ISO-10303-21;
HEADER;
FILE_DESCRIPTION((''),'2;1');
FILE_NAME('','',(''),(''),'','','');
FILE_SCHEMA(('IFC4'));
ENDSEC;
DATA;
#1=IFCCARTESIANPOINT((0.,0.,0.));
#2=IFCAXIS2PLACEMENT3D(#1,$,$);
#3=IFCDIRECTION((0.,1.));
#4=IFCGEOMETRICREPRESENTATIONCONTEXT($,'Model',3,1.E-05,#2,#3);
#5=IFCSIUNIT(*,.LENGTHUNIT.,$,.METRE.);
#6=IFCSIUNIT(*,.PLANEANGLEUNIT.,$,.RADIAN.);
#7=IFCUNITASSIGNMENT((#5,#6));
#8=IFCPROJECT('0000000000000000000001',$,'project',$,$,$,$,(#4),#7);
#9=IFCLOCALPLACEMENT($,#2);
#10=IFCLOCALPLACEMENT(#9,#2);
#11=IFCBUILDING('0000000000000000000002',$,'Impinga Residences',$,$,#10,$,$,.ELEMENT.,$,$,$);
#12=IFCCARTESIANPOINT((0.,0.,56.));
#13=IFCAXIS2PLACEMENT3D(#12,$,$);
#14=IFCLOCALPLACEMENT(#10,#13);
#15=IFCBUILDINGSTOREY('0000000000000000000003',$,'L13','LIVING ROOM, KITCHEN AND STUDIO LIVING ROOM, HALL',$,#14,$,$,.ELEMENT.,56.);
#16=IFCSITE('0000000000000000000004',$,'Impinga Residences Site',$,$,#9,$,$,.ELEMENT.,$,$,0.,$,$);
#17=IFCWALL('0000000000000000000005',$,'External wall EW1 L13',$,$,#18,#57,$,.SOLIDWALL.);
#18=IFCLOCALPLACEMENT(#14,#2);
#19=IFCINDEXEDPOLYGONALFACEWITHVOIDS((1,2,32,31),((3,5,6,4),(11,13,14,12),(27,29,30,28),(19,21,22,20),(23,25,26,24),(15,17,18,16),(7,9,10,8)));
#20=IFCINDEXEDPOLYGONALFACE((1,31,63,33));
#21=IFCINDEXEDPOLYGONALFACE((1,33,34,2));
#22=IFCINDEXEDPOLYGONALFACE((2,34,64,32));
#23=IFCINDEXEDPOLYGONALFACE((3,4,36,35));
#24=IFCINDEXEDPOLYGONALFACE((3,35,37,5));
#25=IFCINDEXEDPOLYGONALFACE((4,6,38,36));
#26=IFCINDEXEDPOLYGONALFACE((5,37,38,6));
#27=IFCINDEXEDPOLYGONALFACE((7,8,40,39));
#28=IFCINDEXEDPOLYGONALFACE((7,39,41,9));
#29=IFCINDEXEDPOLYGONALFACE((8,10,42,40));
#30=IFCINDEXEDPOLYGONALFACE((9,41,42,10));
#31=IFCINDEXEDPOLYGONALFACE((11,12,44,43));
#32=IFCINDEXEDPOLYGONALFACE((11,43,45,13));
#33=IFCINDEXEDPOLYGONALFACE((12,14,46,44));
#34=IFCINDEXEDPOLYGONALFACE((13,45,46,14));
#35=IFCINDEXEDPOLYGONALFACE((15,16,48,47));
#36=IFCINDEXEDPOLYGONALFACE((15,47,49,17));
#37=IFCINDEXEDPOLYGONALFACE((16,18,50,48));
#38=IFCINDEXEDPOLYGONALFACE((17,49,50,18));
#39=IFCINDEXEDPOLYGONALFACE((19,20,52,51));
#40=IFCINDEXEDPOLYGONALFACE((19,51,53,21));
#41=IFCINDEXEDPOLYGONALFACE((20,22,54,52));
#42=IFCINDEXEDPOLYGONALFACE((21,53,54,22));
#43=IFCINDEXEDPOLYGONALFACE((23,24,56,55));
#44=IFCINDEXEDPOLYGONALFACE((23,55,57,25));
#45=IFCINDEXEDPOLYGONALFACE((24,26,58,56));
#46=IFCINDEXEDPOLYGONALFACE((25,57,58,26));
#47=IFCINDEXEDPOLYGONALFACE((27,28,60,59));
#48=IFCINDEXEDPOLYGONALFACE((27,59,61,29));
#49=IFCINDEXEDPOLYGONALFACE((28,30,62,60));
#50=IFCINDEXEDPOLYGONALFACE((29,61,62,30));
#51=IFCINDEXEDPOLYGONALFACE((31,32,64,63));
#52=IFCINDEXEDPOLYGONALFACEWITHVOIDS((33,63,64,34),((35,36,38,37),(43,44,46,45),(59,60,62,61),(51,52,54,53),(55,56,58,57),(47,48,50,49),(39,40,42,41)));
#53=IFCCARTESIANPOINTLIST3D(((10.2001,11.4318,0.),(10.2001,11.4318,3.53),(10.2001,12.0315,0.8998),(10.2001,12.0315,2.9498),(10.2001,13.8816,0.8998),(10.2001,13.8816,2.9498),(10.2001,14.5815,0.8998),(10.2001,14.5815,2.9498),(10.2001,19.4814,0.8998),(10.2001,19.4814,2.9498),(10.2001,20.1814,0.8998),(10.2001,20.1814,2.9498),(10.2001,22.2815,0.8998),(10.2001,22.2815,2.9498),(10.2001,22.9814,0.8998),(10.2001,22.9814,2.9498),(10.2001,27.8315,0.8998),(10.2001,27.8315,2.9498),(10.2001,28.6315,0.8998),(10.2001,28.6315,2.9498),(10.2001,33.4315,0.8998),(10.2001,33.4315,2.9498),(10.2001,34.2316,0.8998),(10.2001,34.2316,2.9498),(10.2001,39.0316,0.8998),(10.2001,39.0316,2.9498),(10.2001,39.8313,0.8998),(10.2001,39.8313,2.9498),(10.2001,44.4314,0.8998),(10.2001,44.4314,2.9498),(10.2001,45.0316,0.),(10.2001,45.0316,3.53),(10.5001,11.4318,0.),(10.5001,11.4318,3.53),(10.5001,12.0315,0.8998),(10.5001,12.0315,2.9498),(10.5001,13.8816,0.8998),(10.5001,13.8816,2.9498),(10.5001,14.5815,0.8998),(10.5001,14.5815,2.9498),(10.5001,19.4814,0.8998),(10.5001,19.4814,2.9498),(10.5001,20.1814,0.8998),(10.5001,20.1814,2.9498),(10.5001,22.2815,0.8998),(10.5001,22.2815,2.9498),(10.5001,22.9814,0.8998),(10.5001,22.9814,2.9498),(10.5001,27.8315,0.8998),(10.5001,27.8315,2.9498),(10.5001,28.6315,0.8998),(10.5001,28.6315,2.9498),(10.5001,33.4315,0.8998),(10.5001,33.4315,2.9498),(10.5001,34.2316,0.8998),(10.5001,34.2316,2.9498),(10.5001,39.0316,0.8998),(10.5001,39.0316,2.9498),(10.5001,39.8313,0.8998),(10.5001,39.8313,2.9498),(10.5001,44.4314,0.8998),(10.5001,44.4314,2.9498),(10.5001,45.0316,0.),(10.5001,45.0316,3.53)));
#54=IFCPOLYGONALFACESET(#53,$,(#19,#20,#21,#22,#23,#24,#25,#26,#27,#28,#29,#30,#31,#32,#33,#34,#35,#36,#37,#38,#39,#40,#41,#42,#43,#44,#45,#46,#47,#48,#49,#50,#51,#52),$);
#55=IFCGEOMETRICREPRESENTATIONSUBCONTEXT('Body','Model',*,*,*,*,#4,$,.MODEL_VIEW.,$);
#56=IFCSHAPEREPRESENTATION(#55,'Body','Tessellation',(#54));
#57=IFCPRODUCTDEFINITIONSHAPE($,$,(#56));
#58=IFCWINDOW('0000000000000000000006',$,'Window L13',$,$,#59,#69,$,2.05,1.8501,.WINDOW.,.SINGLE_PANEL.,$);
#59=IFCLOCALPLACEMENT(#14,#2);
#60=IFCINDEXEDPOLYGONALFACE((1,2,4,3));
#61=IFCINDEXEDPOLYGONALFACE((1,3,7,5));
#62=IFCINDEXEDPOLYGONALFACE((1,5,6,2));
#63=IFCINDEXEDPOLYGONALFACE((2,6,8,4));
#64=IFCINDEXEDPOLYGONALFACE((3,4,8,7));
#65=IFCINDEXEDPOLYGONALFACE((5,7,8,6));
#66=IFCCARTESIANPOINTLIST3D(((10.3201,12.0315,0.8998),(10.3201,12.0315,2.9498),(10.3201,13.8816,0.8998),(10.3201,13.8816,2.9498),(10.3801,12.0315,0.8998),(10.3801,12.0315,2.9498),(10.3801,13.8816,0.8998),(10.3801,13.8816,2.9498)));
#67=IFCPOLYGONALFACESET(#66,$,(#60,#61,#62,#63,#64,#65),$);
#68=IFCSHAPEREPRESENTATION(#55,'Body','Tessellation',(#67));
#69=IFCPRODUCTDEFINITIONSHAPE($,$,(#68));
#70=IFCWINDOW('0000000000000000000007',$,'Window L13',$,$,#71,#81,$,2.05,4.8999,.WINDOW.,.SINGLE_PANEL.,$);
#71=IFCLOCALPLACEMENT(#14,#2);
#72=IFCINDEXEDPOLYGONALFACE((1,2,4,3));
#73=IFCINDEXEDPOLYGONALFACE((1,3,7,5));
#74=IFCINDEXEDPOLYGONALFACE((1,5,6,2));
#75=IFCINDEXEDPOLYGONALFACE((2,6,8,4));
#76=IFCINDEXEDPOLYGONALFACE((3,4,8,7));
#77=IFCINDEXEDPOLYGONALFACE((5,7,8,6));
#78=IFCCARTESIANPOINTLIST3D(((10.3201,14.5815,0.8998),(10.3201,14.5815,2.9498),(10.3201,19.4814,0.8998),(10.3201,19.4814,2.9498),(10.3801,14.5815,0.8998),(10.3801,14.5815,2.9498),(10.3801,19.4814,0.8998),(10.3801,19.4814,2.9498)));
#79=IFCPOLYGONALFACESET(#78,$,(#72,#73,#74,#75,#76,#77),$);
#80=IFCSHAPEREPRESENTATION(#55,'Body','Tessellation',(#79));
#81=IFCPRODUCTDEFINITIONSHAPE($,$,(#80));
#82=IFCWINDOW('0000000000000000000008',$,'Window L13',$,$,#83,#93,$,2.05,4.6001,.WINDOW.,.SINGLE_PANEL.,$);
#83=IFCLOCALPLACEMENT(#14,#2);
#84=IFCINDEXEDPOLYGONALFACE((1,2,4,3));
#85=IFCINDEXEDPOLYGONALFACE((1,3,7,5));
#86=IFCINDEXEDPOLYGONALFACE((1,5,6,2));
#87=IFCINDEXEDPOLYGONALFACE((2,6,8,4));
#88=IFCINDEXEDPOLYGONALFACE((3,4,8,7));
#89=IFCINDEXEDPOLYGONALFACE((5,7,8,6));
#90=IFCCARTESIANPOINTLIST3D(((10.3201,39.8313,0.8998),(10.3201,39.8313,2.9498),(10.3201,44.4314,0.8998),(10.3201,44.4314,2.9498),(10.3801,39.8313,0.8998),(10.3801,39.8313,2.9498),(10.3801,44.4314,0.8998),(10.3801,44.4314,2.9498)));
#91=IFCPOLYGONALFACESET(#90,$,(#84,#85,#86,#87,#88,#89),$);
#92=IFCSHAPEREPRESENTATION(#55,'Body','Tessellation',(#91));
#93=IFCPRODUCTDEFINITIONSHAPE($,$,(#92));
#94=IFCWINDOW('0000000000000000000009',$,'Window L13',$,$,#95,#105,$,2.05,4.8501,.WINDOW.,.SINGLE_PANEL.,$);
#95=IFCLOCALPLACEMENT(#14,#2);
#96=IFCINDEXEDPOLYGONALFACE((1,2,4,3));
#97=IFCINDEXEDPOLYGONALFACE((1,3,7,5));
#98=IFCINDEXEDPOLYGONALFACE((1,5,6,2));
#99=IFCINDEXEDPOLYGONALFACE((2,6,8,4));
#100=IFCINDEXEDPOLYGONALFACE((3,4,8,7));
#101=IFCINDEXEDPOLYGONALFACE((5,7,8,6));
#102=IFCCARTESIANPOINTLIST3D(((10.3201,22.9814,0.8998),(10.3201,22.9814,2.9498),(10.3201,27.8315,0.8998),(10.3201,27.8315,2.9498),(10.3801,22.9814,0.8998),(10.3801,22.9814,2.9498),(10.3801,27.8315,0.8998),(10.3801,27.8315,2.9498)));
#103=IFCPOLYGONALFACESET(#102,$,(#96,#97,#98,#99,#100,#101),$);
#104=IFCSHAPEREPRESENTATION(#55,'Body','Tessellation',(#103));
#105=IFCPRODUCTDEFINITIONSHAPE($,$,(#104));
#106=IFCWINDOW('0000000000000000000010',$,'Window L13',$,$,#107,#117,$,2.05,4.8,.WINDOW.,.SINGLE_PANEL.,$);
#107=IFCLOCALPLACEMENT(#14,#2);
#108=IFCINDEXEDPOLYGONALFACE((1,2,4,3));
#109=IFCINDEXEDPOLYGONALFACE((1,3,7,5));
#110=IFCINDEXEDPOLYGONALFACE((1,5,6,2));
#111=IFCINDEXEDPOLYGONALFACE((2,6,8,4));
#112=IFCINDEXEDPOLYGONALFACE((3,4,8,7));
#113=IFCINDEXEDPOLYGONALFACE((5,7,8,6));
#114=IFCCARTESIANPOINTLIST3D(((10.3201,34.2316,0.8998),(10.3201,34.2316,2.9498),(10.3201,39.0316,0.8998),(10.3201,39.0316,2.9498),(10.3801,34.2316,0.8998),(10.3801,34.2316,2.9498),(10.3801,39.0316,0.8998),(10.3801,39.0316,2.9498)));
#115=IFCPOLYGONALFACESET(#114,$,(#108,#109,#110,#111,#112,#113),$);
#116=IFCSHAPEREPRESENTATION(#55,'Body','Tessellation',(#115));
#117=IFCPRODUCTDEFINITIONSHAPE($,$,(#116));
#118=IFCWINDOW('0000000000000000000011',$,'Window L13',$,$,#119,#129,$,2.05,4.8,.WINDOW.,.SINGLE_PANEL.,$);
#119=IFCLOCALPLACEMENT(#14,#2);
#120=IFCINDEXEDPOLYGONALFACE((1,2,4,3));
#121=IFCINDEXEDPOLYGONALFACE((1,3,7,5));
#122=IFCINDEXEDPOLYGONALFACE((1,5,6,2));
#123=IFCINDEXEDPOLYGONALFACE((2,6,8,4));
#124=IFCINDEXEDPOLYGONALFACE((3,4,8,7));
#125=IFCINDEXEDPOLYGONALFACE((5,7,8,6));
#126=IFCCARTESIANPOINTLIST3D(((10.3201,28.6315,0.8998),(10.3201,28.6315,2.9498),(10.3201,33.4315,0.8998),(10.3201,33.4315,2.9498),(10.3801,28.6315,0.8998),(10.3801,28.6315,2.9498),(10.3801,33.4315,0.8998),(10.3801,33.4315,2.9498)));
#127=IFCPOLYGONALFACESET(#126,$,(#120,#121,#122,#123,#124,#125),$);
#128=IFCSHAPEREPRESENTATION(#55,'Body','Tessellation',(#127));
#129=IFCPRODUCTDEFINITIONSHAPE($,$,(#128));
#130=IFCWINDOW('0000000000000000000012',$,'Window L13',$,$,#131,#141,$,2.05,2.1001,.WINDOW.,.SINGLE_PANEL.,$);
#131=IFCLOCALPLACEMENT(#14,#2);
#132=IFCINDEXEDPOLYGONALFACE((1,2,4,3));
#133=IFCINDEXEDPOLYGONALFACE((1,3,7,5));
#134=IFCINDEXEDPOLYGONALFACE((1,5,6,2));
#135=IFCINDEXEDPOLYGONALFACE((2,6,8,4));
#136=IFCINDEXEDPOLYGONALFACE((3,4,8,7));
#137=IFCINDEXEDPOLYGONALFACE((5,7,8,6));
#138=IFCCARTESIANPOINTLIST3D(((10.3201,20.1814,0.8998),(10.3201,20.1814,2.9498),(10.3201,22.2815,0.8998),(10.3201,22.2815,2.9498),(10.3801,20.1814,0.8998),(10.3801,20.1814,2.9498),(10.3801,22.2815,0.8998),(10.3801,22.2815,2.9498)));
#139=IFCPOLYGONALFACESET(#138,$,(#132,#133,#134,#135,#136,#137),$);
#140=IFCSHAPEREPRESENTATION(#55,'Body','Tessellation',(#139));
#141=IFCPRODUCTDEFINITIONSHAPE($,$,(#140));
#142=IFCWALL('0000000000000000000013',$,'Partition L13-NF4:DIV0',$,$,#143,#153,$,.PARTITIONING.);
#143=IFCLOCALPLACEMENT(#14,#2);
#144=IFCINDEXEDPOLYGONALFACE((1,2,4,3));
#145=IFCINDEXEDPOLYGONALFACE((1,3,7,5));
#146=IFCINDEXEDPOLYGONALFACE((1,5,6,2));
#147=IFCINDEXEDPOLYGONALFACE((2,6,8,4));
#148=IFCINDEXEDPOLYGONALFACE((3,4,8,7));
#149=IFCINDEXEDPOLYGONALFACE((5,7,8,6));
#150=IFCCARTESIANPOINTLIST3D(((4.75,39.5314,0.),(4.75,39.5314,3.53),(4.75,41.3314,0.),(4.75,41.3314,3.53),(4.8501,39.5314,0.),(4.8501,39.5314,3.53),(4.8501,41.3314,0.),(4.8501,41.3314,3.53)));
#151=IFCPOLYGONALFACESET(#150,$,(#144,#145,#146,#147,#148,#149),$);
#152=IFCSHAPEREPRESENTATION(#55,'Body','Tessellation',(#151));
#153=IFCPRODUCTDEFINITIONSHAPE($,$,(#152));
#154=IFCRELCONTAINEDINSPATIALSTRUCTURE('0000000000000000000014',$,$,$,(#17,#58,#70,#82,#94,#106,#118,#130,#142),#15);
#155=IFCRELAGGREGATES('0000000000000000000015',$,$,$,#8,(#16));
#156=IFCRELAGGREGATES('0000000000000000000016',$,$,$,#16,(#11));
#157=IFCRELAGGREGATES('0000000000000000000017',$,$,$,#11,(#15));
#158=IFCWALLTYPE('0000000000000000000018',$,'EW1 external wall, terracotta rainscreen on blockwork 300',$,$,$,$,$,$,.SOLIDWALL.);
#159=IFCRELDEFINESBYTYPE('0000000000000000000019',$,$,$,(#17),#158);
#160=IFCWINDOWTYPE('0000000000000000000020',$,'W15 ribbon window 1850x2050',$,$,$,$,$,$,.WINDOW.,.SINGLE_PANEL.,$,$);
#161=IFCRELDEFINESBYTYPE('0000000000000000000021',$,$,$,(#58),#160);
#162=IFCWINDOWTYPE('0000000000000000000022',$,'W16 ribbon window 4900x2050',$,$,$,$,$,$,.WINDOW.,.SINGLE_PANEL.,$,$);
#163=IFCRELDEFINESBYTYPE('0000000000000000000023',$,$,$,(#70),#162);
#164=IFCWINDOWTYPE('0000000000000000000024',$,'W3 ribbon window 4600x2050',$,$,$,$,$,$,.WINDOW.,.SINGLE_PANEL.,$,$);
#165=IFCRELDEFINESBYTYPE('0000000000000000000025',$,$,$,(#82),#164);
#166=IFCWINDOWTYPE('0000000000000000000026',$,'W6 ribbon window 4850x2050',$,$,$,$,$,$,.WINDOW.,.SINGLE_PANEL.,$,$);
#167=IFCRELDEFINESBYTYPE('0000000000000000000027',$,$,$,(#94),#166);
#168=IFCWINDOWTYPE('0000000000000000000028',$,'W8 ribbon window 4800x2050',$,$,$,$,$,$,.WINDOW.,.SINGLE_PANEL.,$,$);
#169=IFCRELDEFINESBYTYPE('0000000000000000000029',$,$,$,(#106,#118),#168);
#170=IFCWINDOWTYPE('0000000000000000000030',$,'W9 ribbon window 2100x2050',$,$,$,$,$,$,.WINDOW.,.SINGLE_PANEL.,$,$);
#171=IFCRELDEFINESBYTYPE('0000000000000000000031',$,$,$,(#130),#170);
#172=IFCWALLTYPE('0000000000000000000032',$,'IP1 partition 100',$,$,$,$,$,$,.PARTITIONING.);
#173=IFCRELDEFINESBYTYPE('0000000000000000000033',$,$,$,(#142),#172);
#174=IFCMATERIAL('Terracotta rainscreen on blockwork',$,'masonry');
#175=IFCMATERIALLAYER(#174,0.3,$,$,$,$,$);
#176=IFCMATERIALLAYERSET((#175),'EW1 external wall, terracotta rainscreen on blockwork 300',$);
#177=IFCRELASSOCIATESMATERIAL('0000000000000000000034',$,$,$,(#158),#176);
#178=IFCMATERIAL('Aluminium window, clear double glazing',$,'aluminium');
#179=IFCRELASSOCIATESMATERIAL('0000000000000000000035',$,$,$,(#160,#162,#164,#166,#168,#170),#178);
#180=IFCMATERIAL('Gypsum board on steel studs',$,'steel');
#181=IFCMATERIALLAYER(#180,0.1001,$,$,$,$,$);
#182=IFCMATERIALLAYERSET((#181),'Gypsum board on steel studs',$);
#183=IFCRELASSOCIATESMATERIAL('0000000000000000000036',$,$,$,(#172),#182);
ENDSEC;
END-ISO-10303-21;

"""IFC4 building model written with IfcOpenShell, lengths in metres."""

from ifc_helpers import new_model, si_unit, direction, frame, frame_2d, origin, place, context, subcontext, project, spatial, rectangle, extrude, material, layer, layer_set, type_object, element, fill, save


model = new_model("IFC4")

# Units and contexts
model_context = context("Model", 3, precision=1e-05, world=origin(), true_north=direction((0.0, 1.0)))
body_context = subcontext(model_context, "Body", "Model", "MODEL_VIEW")
ifc_project = project(units=[si_unit("LENGTHUNIT", "METRE"), si_unit("PLANEANGLEUNIT", "RADIAN")], contexts=[model_context])

# Site, building, storey
site_placement = place(None, origin())
site = spatial("IfcSite", under=ifc_project, at=site_placement, Name="Impinga Residences Site", CompositionType="ELEMENT", RefElevation=0.0)
building_placement = place(site_placement, origin())
building = spatial("IfcBuilding", under=site, at=building_placement, Name="Impinga Residences", CompositionType="ELEMENT")
storey_placement = place(building_placement, frame((0.0, 0.0, 56.0)))
storey = spatial("IfcBuildingStorey", under=building, at=storey_placement, Name="L13", Description="LIVING ROOM, KITCHEN AND STUDIO LIVING ROOM, HALL", CompositionType="ELEMENT", Elevation=56.0)

# Shared definitions
ifc_material_1 = material(Name="Terracotta rainscreen on blockwork", Category="masonry")
ifc_layer_1 = layer(ifc_material_1, 0.3)
ifc_layer_set_1 = layer_set([ifc_layer_1], Name="EW1 external wall, terracotta rainscreen on blockwork 300")
wall_type_1 = type_object("IfcWallType", Name="EW1 external wall, terracotta rainscreen on blockwork 300", PredefinedType="SOLIDWALL", material=ifc_layer_set_1)

# Wall, openings, windows
wall_1_placement = place(storey_placement, frame((10.3501, 45.0315, 0.0), z_axis=(0.0, 0.0, 1.0), x_axis=(0.0, -1.0, 0.0)))
wall_1 = element("IfcWall", 1, at=wall_1_placement, inside=storey, type_object=wall_type_1, Name="External wall EW1 L13", PredefinedType="SOLIDWALL", context=body_context, shape_type="SweptSolid", body=[
    extrude(rectangle(XDim=33.5999, YDim=0.3, at=frame_2d((16.7998, 0.0))), origin(), (0.0, 0.0, 1.0), 3.53),
])
opening_1_placement = place(wall_1_placement, frame((0.6001, 0.0, 0.8999)))
opening_1 = element("IfcOpeningElement", 2, at=opening_1_placement, cuts=wall_1, PredefinedType="OPENING", context=body_context, shape_type="SweptSolid", body=[
    extrude(rectangle(XDim=4.6001, YDim=2.05, at=frame_2d((2.3, 1.0249))), frame((0.0, 0.1599, 0.0), z_axis=(0.0, -1.0, 0.0), x_axis=(1.0, 0.0, 0.0)), (0.0, 0.0, 1.0), 0.3201),
])
opening_2_placement = place(wall_1_placement, frame((6.0, 0.0, 0.8999)))
opening_2 = element("IfcOpeningElement", 3, at=opening_2_placement, cuts=wall_1, PredefinedType="OPENING", context=body_context, shape_type="SweptSolid", body=[
    extrude(rectangle(XDim=4.8, YDim=2.05, at=frame_2d((2.3999, 1.0249))), frame((0.0, 0.1599, 0.0), z_axis=(0.0, -1.0, 0.0), x_axis=(1.0, 0.0, 0.0)), (0.0, 0.0, 1.0), 0.3201),
])
opening_3_placement = place(wall_1_placement, frame((11.6001, 0.0, 0.8999)))
opening_3 = element("IfcOpeningElement", 4, at=opening_3_placement, cuts=wall_1, PredefinedType="OPENING", context=body_context, shape_type="SweptSolid", body=[
    extrude(rectangle(XDim=4.8, YDim=2.05, at=frame_2d((2.3999, 1.0249))), frame((0.0, 0.1599, 0.0), z_axis=(0.0, -1.0, 0.0), x_axis=(1.0, 0.0, 0.0)), (0.0, 0.0, 1.0), 0.3201),
])
opening_4_placement = place(wall_1_placement, frame((17.2, 0.0, 0.8999)))
opening_4 = element("IfcOpeningElement", 5, at=opening_4_placement, cuts=wall_1, PredefinedType="OPENING", context=body_context, shape_type="SweptSolid", body=[
    extrude(rectangle(XDim=4.8501, YDim=2.05, at=frame_2d((2.425, 1.0249))), frame((0.0, 0.1599, 0.0), z_axis=(0.0, -1.0, 0.0), x_axis=(1.0, 0.0, 0.0)), (0.0, 0.0, 1.0), 0.3201),
])
opening_5_placement = place(wall_1_placement, frame((22.75, 0.0, 0.8999)))
opening_5 = element("IfcOpeningElement", 6, at=opening_5_placement, cuts=wall_1, PredefinedType="OPENING", context=body_context, shape_type="SweptSolid", body=[
    extrude(rectangle(XDim=2.1001, YDim=2.05, at=frame_2d((1.05, 1.0249))), frame((0.0, 0.1599, 0.0), z_axis=(0.0, -1.0, 0.0), x_axis=(1.0, 0.0, 0.0)), (0.0, 0.0, 1.0), 0.3201),
])
opening_6_placement = place(wall_1_placement, frame((25.55, 0.0, 0.8999)))
opening_6 = element("IfcOpeningElement", 7, at=opening_6_placement, cuts=wall_1, PredefinedType="OPENING", context=body_context, shape_type="SweptSolid", body=[
    extrude(rectangle(XDim=4.8999, YDim=2.05, at=frame_2d((2.45, 1.0249))), frame((0.0, 0.1599, 0.0), z_axis=(0.0, -1.0, 0.0), x_axis=(1.0, 0.0, 0.0)), (0.0, 0.0, 1.0), 0.3201),
])
opening_7_placement = place(wall_1_placement, frame((31.1499, 0.0, 0.8999)))
opening_7 = element("IfcOpeningElement", 8, at=opening_7_placement, cuts=wall_1, PredefinedType="OPENING", context=body_context, shape_type="SweptSolid", body=[
    extrude(rectangle(XDim=1.8501, YDim=2.05, at=frame_2d((0.925, 1.0249))), frame((0.0, 0.1599, 0.0), z_axis=(0.0, -1.0, 0.0), x_axis=(1.0, 0.0, 0.0)), (0.0, 0.0, 1.0), 0.3201),
])
ifc_material_2 = material(Name="Aluminium window, clear double glazing", Category="aluminium")
window_type_1 = type_object("IfcWindowType", Name="W15 ribbon window 1850x2050", PartitioningType="SINGLE_PANEL", PredefinedType="WINDOW", material=ifc_material_2)
window_1_placement = place(opening_7_placement, origin())
window_1 = element("IfcWindow", 9, at=window_1_placement, inside=storey, type_object=window_type_1, Name="Window L13", OverallHeight=2.05, OverallWidth=1.8501, PartitioningType="SINGLE_PANEL", PredefinedType="WINDOW", context=body_context, shape_type="SweptSolid", body=[
    extrude(rectangle(XDim=1.8501, YDim=2.05, at=frame_2d((0.925, 1.0249))), frame((0.0, 0.03, 0.0), z_axis=(0.0, -1.0, 0.0), x_axis=(1.0, 0.0, 0.0)), (0.0, 0.0, 1.0), 0.0601),
])
fill(opening_7, window_1)
window_type_2 = type_object("IfcWindowType", Name="W16 ribbon window 4900x2050", PartitioningType="SINGLE_PANEL", PredefinedType="WINDOW", material=ifc_material_2)
window_2_placement = place(opening_6_placement, origin())
window_2 = element("IfcWindow", 10, at=window_2_placement, inside=storey, type_object=window_type_2, Name="Window L13", OverallHeight=2.05, OverallWidth=4.8999, PartitioningType="SINGLE_PANEL", PredefinedType="WINDOW", context=body_context, shape_type="SweptSolid", body=[
    extrude(rectangle(XDim=4.8999, YDim=2.05, at=frame_2d((2.45, 1.0249))), frame((0.0, 0.03, 0.0), z_axis=(0.0, -1.0, 0.0), x_axis=(1.0, 0.0, 0.0)), (0.0, 0.0, 1.0), 0.0601),
])
fill(opening_6, window_2)
window_type_3 = type_object("IfcWindowType", Name="W3 ribbon window 4600x2050", PartitioningType="SINGLE_PANEL", PredefinedType="WINDOW", material=ifc_material_2)
window_3_placement = place(opening_1_placement, origin())
window_3 = element("IfcWindow", 11, at=window_3_placement, inside=storey, type_object=window_type_3, Name="Window L13", OverallHeight=2.05, OverallWidth=4.6001, PartitioningType="SINGLE_PANEL", PredefinedType="WINDOW", context=body_context, shape_type="SweptSolid", body=[
    extrude(rectangle(XDim=4.6001, YDim=2.05, at=frame_2d((2.3, 1.0249))), frame((0.0, 0.03, 0.0), z_axis=(0.0, -1.0, 0.0), x_axis=(1.0, 0.0, 0.0)), (0.0, 0.0, 1.0), 0.0601),
])
fill(opening_1, window_3)
window_type_4 = type_object("IfcWindowType", Name="W6 ribbon window 4850x2050", PartitioningType="SINGLE_PANEL", PredefinedType="WINDOW", material=ifc_material_2)
window_4_placement = place(opening_4_placement, origin())
window_4 = element("IfcWindow", 12, at=window_4_placement, inside=storey, type_object=window_type_4, Name="Window L13", OverallHeight=2.05, OverallWidth=4.8501, PartitioningType="SINGLE_PANEL", PredefinedType="WINDOW", context=body_context, shape_type="SweptSolid", body=[
    extrude(rectangle(XDim=4.8501, YDim=2.05, at=frame_2d((2.425, 1.0249))), frame((0.0, 0.03, 0.0), z_axis=(0.0, -1.0, 0.0), x_axis=(1.0, 0.0, 0.0)), (0.0, 0.0, 1.0), 0.0601),
])
fill(opening_4, window_4)
window_type_5 = type_object("IfcWindowType", Name="W8 ribbon window 4800x2050", PartitioningType="SINGLE_PANEL", PredefinedType="WINDOW", material=ifc_material_2)
window_5_placement = place(opening_2_placement, origin())
window_5 = element("IfcWindow", 13, at=window_5_placement, inside=storey, type_object=window_type_5, Name="Window L13", OverallHeight=2.05, OverallWidth=4.8, PartitioningType="SINGLE_PANEL", PredefinedType="WINDOW", context=body_context, shape_type="SweptSolid", body=[
    extrude(rectangle(XDim=4.8, YDim=2.05, at=frame_2d((2.3999, 1.0249))), frame((0.0, 0.03, 0.0), z_axis=(0.0, -1.0, 0.0), x_axis=(1.0, 0.0, 0.0)), (0.0, 0.0, 1.0), 0.0601),
])
fill(opening_2, window_5)
window_6_placement = place(opening_3_placement, origin())
window_6 = element("IfcWindow", 14, at=window_6_placement, inside=storey, type_object=window_type_5, Name="Window L13", OverallHeight=2.05, OverallWidth=4.8, PartitioningType="SINGLE_PANEL", PredefinedType="WINDOW", context=body_context, shape_type="SweptSolid", body=[
    extrude(rectangle(XDim=4.8, YDim=2.05, at=frame_2d((2.3999, 1.0249))), frame((0.0, 0.03, 0.0), z_axis=(0.0, -1.0, 0.0), x_axis=(1.0, 0.0, 0.0)), (0.0, 0.0, 1.0), 0.0601),
])
fill(opening_3, window_6)
window_type_6 = type_object("IfcWindowType", Name="W9 ribbon window 2100x2050", PartitioningType="SINGLE_PANEL", PredefinedType="WINDOW", material=ifc_material_2)
window_7_placement = place(opening_5_placement, origin())
window_7 = element("IfcWindow", 15, at=window_7_placement, inside=storey, type_object=window_type_6, Name="Window L13", OverallHeight=2.05, OverallWidth=2.1001, PartitioningType="SINGLE_PANEL", PredefinedType="WINDOW", context=body_context, shape_type="SweptSolid", body=[
    extrude(rectangle(XDim=2.1001, YDim=2.05, at=frame_2d((1.05, 1.0249))), frame((0.0, 0.03, 0.0), z_axis=(0.0, -1.0, 0.0), x_axis=(1.0, 0.0, 0.0)), (0.0, 0.0, 1.0), 0.0601),
])
fill(opening_5, window_7)

# Wall
ifc_material_3 = material(Name="Gypsum board on steel studs", Category="steel")
ifc_layer_2 = layer(ifc_material_3, 0.1001)
ifc_layer_set_2 = layer_set([ifc_layer_2], Name="Gypsum board on steel studs")
wall_type_2 = type_object("IfcWallType", Name="IP1 partition 100", PredefinedType="PARTITIONING", material=ifc_layer_set_2)
wall_2_placement = place(storey_placement, frame((4.8, 39.5315, 0.0), z_axis=(0.0, 0.0, 1.0), x_axis=(0.0, 1.0, 0.0)))
element("IfcWall", 16, at=wall_2_placement, inside=storey, type_object=wall_type_2, Name="Partition L13-NF4:DIV0", PredefinedType="PARTITIONING", context=body_context, shape_type="SweptSolid", body=[
    extrude(rectangle(XDim=1.8, YDim=0.1001, at=frame_2d((0.8999, 0.0))), origin(), (0.0, 0.0, 1.0), 3.53),
])

save(model, "model.ifc")
